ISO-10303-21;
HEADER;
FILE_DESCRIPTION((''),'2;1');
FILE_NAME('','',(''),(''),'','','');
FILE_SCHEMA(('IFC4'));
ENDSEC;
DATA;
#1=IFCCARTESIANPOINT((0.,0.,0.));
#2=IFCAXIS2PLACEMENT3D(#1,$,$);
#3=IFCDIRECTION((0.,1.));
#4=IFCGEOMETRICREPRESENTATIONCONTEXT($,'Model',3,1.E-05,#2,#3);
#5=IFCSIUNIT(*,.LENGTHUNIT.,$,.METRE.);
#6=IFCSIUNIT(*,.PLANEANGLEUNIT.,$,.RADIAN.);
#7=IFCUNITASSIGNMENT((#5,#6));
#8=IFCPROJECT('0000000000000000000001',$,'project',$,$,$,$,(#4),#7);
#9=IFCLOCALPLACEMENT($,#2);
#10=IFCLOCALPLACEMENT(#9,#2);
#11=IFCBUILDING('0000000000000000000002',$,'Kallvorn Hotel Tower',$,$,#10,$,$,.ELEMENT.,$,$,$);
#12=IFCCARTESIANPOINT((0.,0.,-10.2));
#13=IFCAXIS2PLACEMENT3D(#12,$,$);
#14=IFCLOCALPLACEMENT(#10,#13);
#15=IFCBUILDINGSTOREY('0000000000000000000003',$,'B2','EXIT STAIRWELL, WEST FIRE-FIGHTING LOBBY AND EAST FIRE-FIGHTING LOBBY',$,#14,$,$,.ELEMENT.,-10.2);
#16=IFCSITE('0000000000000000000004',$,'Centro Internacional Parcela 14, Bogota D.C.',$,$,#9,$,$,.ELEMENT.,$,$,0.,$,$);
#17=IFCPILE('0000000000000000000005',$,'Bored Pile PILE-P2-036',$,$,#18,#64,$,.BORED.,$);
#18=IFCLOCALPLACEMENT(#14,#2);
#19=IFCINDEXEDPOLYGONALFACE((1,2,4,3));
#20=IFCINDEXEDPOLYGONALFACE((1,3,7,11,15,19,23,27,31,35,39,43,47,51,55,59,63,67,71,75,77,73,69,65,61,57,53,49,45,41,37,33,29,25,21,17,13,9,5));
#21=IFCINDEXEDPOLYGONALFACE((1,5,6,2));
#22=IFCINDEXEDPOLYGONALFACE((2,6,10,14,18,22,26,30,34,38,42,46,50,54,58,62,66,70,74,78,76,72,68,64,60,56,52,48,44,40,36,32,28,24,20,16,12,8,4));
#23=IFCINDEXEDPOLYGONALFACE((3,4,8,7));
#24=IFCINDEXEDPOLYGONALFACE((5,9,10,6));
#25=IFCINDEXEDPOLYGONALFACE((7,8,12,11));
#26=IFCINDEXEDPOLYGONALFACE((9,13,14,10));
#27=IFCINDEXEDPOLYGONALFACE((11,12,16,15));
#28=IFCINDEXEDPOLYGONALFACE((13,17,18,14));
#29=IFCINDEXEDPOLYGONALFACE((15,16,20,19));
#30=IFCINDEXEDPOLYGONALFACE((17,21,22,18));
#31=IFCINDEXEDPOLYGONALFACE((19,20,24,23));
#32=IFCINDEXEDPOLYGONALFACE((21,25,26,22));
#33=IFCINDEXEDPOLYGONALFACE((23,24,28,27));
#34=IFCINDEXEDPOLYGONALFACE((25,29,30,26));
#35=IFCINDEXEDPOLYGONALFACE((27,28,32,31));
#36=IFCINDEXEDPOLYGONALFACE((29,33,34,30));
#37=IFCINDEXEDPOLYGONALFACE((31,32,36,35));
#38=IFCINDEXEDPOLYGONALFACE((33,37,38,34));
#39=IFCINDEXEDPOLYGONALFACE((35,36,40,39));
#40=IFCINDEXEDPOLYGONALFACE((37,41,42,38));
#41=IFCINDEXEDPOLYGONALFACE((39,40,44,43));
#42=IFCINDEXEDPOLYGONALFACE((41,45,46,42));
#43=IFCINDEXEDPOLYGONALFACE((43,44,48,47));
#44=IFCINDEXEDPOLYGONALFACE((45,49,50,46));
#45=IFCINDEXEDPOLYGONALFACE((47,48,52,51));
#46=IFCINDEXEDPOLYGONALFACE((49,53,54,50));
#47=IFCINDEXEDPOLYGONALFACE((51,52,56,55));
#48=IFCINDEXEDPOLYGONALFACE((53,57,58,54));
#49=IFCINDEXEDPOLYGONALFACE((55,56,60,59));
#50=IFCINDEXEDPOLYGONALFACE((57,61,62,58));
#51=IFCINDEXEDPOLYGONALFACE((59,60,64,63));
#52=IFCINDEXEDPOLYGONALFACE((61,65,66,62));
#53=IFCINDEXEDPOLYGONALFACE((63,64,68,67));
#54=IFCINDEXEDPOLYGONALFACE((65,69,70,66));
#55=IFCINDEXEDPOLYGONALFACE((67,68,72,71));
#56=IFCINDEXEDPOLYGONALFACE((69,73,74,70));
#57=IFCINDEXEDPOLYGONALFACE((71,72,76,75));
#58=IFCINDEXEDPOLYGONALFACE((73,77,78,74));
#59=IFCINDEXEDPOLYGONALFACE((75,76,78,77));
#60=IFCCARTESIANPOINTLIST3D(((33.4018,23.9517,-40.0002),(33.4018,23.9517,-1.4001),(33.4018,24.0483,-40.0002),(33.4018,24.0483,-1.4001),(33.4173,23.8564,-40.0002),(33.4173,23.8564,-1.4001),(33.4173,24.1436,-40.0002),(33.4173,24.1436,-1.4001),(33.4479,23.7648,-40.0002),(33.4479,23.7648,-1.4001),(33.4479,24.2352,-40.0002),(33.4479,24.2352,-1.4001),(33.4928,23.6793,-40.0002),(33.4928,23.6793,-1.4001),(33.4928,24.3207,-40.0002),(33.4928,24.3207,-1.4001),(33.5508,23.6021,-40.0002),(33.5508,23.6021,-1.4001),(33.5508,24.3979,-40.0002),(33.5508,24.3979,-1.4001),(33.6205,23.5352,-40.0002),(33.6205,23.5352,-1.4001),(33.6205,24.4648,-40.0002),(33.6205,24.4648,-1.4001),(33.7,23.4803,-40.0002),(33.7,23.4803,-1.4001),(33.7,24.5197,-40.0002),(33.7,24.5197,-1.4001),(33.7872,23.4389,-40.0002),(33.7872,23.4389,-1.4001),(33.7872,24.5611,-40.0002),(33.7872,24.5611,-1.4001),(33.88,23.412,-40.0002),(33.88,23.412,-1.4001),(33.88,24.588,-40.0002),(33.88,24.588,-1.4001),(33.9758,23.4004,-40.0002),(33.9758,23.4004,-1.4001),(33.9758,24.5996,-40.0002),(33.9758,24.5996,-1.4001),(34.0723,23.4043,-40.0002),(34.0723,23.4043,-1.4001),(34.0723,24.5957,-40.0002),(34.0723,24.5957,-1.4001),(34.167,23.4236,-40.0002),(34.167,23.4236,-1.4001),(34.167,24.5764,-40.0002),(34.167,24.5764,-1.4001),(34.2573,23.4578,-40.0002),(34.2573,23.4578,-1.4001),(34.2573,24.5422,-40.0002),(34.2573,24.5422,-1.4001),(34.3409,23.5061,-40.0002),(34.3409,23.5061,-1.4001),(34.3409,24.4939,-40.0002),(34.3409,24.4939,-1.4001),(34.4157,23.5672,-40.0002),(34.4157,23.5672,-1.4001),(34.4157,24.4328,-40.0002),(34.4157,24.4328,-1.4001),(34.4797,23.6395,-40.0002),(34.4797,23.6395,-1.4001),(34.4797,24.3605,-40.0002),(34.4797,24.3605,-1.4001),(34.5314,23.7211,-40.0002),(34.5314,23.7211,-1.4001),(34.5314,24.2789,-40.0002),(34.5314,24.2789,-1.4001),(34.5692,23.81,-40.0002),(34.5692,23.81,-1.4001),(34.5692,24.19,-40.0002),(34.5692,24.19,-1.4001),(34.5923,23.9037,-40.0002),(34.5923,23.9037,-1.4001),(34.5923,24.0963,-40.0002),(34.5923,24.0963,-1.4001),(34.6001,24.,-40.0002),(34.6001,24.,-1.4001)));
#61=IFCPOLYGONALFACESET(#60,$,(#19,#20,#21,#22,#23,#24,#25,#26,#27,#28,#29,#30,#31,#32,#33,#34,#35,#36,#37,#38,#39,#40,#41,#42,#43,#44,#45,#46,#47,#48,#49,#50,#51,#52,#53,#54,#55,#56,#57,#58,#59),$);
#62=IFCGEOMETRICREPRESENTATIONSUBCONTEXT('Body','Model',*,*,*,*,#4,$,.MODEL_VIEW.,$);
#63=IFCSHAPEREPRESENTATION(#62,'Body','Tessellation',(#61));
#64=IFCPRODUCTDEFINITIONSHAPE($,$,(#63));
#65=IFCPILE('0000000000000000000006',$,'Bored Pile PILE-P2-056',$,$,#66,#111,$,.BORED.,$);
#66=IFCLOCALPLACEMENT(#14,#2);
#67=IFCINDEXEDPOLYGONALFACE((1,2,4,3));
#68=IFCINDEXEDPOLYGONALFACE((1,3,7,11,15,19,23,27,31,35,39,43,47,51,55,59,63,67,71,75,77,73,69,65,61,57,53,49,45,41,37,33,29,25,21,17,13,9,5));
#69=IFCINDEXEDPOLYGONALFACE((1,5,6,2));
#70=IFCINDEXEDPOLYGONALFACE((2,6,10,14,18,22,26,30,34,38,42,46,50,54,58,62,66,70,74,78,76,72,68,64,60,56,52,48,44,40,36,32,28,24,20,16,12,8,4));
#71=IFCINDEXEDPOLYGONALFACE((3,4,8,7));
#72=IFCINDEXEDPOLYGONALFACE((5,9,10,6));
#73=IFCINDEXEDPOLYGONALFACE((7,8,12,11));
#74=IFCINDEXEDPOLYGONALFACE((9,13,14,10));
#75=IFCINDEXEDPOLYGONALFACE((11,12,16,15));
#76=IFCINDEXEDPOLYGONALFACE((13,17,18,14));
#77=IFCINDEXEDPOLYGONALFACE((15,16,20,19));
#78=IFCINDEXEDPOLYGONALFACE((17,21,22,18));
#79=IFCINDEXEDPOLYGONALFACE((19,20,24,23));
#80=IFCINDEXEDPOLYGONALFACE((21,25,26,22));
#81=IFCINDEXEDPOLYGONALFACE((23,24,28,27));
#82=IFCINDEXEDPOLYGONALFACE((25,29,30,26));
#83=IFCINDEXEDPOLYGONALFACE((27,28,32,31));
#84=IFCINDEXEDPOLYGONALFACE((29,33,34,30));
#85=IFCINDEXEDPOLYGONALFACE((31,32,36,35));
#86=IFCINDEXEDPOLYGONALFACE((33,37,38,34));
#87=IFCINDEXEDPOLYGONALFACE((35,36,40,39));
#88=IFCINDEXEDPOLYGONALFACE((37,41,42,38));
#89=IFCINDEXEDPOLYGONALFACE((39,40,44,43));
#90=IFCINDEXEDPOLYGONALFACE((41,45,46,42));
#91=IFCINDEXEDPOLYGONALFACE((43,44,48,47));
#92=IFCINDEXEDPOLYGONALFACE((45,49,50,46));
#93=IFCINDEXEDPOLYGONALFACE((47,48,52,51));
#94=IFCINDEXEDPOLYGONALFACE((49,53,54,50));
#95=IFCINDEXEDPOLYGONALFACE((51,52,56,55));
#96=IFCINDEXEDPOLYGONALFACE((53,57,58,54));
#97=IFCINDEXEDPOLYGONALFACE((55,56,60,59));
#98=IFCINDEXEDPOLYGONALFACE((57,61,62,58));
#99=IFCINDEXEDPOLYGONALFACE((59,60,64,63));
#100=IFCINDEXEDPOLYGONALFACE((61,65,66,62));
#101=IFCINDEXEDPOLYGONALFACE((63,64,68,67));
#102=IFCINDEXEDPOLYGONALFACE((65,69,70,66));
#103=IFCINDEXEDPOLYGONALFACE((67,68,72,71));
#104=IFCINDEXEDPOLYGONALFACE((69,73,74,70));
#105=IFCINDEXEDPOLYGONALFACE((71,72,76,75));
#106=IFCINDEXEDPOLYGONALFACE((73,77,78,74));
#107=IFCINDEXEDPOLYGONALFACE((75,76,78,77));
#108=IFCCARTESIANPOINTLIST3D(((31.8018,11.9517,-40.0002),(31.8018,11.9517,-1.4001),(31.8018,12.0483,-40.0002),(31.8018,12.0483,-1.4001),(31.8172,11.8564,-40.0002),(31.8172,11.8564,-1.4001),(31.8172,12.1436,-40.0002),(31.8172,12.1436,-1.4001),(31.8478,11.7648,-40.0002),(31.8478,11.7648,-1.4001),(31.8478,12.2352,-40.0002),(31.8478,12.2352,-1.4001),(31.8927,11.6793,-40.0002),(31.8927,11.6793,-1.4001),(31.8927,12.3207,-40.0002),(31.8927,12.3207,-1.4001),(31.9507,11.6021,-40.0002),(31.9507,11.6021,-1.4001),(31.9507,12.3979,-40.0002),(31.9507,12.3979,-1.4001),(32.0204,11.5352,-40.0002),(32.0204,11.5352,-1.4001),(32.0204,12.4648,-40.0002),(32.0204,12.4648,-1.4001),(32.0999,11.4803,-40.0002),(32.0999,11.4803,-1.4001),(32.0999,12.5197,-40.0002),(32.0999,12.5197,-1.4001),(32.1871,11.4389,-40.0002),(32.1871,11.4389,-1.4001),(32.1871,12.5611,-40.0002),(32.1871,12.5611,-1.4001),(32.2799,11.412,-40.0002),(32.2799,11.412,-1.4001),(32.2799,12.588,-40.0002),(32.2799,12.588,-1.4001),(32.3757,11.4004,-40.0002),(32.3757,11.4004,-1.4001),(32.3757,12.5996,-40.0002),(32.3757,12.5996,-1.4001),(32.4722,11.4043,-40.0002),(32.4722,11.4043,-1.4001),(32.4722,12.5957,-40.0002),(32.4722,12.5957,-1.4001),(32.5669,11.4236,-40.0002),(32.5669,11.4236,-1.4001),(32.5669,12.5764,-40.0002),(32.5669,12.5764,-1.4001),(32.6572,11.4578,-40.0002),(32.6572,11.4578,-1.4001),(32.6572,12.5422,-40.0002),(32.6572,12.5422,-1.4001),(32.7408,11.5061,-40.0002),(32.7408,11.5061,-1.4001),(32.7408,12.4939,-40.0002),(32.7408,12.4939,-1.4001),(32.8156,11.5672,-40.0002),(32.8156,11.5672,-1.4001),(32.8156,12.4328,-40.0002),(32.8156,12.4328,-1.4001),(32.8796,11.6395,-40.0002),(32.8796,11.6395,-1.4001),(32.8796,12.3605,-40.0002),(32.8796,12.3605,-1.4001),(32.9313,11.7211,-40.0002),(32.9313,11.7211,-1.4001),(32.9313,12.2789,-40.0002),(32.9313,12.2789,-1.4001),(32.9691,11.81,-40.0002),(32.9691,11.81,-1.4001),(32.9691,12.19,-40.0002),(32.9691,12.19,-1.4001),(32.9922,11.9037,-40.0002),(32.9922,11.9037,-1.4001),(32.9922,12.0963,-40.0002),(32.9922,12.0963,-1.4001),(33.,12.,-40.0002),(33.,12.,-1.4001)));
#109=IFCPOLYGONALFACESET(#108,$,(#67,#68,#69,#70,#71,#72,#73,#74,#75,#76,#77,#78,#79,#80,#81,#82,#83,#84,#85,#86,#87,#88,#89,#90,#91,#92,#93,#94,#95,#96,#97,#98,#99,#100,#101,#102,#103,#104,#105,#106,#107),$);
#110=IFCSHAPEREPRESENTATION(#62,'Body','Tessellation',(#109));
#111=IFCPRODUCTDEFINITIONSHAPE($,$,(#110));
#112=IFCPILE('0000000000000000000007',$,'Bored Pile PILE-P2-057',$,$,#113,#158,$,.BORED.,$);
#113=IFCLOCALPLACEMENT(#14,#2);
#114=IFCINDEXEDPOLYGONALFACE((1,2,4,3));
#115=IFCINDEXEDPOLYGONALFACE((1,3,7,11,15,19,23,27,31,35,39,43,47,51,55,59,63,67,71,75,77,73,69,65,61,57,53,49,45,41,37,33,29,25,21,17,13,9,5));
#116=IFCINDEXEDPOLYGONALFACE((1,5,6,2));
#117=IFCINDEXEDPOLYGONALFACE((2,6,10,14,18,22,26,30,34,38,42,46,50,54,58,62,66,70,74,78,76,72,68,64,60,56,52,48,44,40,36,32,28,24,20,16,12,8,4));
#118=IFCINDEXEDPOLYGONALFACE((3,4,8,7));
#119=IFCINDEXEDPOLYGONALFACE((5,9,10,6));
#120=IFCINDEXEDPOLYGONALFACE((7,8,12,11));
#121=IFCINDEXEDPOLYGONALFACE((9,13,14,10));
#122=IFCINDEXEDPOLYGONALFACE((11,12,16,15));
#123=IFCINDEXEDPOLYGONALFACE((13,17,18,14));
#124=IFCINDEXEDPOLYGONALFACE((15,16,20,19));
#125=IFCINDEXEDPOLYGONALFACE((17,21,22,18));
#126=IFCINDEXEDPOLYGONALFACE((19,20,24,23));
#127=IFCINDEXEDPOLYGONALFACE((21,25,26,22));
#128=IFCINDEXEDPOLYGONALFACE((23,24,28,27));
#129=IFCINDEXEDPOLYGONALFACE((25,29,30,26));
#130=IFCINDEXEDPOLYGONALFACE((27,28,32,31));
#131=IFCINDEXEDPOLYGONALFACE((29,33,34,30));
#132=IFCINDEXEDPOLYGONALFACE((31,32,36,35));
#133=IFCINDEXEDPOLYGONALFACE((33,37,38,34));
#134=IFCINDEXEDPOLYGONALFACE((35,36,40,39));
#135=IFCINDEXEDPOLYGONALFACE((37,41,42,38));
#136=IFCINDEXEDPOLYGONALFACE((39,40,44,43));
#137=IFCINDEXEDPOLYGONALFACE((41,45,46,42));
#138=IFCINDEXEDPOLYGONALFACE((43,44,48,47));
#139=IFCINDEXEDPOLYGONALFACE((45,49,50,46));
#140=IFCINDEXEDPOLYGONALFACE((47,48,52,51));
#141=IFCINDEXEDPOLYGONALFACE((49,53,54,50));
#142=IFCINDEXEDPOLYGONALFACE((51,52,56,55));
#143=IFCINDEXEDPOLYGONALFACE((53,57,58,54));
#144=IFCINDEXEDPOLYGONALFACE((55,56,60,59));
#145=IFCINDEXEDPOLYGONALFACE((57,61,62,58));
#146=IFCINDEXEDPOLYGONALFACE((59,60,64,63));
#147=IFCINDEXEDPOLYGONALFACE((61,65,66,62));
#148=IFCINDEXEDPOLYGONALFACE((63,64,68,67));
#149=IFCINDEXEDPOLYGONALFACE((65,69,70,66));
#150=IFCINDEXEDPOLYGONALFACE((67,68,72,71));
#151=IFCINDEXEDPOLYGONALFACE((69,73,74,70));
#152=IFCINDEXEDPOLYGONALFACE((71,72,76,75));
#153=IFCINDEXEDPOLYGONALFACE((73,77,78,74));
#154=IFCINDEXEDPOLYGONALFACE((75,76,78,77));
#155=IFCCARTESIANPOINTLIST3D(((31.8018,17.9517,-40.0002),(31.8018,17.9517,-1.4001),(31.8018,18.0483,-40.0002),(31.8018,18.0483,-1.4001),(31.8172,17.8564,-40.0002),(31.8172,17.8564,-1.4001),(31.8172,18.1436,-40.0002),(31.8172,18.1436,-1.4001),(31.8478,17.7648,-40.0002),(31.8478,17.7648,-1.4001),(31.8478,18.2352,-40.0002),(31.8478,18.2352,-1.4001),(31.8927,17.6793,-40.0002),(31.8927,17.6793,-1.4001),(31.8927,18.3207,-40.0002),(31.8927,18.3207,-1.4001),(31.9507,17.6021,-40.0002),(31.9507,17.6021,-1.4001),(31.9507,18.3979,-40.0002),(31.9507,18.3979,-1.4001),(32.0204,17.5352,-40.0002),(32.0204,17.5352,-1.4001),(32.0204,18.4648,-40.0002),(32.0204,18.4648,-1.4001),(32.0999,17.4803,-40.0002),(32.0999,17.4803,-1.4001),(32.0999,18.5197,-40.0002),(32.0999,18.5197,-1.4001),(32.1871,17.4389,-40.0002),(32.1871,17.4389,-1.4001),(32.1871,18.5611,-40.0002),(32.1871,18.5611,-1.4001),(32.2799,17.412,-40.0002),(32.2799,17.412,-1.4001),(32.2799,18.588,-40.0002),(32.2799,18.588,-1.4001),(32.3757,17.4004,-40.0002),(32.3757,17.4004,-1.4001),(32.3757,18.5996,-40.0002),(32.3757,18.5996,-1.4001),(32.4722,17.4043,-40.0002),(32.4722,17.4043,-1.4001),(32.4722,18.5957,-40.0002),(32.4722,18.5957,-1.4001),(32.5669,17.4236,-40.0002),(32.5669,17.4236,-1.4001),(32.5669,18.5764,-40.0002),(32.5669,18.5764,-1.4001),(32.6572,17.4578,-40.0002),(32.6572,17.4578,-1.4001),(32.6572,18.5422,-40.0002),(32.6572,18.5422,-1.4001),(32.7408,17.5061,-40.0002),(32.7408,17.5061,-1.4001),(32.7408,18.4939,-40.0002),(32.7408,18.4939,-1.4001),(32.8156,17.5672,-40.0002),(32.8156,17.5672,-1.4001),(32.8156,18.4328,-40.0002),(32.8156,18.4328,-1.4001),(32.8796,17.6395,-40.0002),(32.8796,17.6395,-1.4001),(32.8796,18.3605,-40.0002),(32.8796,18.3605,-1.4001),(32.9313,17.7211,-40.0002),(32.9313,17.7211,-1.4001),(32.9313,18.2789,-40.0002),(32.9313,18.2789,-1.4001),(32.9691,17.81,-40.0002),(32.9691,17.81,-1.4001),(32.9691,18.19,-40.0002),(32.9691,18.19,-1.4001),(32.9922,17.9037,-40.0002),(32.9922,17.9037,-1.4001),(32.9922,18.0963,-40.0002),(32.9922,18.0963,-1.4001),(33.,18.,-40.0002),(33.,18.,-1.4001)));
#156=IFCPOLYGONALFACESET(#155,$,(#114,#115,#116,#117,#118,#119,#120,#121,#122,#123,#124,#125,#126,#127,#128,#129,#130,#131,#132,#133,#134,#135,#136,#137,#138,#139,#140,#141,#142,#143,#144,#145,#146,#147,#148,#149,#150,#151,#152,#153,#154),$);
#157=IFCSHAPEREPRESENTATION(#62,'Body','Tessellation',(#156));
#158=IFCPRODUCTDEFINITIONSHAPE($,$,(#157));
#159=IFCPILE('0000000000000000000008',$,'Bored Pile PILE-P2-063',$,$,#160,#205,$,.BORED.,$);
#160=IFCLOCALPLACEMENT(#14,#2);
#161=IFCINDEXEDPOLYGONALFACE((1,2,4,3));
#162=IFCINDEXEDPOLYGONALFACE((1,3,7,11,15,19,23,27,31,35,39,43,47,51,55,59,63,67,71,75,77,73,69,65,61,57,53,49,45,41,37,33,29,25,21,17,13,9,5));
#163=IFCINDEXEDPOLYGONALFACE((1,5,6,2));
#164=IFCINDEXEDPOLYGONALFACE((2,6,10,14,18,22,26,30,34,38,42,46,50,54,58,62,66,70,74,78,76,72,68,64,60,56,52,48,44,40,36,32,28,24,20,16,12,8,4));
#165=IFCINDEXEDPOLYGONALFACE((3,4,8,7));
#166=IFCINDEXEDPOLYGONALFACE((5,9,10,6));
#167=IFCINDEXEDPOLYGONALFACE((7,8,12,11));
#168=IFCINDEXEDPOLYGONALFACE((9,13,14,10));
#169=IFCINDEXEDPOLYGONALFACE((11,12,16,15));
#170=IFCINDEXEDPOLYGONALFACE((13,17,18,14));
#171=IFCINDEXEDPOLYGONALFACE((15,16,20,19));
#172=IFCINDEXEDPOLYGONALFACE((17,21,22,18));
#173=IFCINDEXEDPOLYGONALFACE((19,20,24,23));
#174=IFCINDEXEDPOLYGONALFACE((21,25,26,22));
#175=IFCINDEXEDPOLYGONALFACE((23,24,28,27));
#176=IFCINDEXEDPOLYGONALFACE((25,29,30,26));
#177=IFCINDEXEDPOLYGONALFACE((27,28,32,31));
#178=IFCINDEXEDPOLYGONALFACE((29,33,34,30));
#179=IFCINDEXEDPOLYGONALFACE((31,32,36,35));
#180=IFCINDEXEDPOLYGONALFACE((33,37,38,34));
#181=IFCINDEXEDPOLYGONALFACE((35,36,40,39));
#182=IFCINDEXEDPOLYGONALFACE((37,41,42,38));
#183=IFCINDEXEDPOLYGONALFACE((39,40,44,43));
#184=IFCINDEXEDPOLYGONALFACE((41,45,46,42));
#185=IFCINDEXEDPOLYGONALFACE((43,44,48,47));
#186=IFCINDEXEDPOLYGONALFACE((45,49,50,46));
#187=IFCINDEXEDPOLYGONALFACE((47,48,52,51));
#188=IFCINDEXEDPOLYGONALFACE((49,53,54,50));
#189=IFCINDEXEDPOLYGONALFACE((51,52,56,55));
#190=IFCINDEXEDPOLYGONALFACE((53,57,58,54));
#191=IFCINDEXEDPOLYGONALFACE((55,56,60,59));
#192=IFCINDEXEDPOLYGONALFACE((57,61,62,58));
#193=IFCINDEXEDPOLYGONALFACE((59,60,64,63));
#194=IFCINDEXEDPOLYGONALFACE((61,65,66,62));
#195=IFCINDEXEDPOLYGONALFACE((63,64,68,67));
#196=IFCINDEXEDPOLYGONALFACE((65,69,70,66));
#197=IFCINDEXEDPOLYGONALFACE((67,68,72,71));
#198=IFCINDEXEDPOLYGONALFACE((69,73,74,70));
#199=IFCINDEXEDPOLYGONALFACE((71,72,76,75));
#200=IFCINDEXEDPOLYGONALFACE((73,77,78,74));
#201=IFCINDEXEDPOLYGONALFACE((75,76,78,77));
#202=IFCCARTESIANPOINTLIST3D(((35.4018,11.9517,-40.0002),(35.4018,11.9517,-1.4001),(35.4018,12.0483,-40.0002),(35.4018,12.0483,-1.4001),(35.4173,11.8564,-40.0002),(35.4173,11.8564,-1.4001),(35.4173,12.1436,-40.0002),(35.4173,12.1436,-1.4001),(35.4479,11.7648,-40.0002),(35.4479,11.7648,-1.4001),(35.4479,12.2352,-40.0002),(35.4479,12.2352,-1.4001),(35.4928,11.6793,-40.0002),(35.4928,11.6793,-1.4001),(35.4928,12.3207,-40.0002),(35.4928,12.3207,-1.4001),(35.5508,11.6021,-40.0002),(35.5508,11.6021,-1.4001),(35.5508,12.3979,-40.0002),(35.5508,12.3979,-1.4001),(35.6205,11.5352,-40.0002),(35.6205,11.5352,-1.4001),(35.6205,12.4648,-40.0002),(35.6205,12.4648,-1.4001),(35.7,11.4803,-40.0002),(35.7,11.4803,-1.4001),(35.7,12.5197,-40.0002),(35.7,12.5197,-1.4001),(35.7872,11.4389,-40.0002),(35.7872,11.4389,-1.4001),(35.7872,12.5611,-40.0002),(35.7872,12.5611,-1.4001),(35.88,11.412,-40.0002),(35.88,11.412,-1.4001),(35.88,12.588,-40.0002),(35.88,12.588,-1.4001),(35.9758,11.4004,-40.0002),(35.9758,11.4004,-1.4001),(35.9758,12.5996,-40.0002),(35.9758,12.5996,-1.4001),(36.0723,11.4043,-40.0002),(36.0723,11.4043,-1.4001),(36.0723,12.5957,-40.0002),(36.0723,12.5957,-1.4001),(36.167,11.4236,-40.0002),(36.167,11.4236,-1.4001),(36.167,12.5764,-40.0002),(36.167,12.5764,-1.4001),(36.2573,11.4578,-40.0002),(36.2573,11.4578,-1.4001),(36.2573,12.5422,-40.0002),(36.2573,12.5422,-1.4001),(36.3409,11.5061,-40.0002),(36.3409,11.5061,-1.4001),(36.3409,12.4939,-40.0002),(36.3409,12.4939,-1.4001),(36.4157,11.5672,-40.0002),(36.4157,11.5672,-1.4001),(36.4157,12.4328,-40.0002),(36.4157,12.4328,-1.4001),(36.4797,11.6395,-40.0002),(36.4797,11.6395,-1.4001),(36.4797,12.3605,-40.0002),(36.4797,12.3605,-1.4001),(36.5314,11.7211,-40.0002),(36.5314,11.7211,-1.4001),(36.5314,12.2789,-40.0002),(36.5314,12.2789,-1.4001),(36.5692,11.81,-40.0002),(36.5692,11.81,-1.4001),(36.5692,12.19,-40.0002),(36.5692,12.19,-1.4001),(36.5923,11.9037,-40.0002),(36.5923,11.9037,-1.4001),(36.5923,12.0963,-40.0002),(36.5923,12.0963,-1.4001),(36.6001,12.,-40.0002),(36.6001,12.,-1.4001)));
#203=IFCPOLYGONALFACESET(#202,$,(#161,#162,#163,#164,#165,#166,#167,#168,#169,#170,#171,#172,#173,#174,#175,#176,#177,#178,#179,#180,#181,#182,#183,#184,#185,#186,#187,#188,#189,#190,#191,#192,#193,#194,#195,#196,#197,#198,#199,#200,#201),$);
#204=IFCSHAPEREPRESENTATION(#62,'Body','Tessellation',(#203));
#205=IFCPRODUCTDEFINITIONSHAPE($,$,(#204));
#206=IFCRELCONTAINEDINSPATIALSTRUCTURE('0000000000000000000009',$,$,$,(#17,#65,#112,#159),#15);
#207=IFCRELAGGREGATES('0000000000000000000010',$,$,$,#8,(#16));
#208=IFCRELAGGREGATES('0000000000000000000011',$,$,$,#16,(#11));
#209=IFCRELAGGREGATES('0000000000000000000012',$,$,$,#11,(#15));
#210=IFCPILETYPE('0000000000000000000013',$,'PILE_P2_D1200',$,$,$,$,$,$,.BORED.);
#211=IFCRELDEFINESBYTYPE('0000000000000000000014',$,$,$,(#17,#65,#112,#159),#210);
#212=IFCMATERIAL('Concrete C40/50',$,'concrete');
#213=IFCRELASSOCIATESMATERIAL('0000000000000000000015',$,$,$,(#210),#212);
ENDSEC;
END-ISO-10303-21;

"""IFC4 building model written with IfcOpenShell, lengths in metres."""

from ifc_helpers import new_model, si_unit, direction, frame, origin, origin_2d, place, context, subcontext, project, spatial, circle, extrude, material, material_profile, profile_set, type_object, element, save


model = new_model("IFC4")

# Units and contexts
model_context = context("Model", 3, precision=1e-05, world=origin(), true_north=direction((0.0, 1.0)))
body_context = subcontext(model_context, "Body", "Model", "MODEL_VIEW")
ifc_project = project(units=[si_unit("LENGTHUNIT", "METRE"), si_unit("PLANEANGLEUNIT", "RADIAN")], contexts=[model_context])

# Site, building, storey
site_placement = place(None, origin())
site = spatial("IfcSite", under=ifc_project, at=site_placement, Name="Centro Internacional Parcela 14, Bogota D.C.", CompositionType="ELEMENT", RefElevation=0.0)
building_placement = place(site_placement, origin())
building = spatial("IfcBuilding", under=site, at=building_placement, Name="Kallvorn Hotel Tower", CompositionType="ELEMENT")
storey_placement = place(building_placement, frame((0.0, 0.0, -10.2)))
storey = spatial("IfcBuildingStorey", under=building, at=storey_placement, Name="B2", Description="EXIT STAIRWELL, WEST FIRE-FIGHTING LOBBY AND EAST FIRE-FIGHTING LOBBY", CompositionType="ELEMENT", Elevation=-10.2)

# Piles
ifc_material_1 = material(Name="Concrete C40/50", Category="concrete")
ifc_material_profile_1 = material_profile(ifc_material_1, circle(Radius=0.6001, at=origin_2d()), Name="PILE D1200")
ifc_profile_set_1 = profile_set([ifc_material_profile_1], Name="Concrete C40/50")
pile_type_1 = type_object("IfcPileType", Name="PILE_P2_D1200", PredefinedType="BORED", material=ifc_profile_set_1)
for number, where, z_axis, x_axis, name in (
    (1, (34.0, 24.0, -1.4001), (0.0, 0.0, -1.0), (1.0, 0.0, 0.0), "Bored Pile PILE-P2-036"),
    (2, (32.3999, 12.0, -1.4001), (0.0, 0.0, -1.0), (1.0, 0.0, 0.0), "Bored Pile PILE-P2-056"),
    (3, (32.3999, 18.0, -1.4001), (0.0, 0.0, -1.0), (1.0, 0.0, 0.0), "Bored Pile PILE-P2-057"),
    (4, (36.0, 12.0, -1.4001), (0.0, 0.0, -1.0), (1.0, 0.0, 0.0), "Bored Pile PILE-P2-063"),
):
    element("IfcPile", number, at=place(storey_placement, frame(where, z_axis=z_axis, x_axis=x_axis)), inside=storey, type_object=pile_type_1, Name=name, PredefinedType="BORED", context=body_context, shape_type="SweptSolid", body=[
        extrude(circle(Radius=0.6001, at=origin_2d()), origin(), (0.0, 0.0, 1.0), 38.6001),
    ])

save(model, "model.ifc")
